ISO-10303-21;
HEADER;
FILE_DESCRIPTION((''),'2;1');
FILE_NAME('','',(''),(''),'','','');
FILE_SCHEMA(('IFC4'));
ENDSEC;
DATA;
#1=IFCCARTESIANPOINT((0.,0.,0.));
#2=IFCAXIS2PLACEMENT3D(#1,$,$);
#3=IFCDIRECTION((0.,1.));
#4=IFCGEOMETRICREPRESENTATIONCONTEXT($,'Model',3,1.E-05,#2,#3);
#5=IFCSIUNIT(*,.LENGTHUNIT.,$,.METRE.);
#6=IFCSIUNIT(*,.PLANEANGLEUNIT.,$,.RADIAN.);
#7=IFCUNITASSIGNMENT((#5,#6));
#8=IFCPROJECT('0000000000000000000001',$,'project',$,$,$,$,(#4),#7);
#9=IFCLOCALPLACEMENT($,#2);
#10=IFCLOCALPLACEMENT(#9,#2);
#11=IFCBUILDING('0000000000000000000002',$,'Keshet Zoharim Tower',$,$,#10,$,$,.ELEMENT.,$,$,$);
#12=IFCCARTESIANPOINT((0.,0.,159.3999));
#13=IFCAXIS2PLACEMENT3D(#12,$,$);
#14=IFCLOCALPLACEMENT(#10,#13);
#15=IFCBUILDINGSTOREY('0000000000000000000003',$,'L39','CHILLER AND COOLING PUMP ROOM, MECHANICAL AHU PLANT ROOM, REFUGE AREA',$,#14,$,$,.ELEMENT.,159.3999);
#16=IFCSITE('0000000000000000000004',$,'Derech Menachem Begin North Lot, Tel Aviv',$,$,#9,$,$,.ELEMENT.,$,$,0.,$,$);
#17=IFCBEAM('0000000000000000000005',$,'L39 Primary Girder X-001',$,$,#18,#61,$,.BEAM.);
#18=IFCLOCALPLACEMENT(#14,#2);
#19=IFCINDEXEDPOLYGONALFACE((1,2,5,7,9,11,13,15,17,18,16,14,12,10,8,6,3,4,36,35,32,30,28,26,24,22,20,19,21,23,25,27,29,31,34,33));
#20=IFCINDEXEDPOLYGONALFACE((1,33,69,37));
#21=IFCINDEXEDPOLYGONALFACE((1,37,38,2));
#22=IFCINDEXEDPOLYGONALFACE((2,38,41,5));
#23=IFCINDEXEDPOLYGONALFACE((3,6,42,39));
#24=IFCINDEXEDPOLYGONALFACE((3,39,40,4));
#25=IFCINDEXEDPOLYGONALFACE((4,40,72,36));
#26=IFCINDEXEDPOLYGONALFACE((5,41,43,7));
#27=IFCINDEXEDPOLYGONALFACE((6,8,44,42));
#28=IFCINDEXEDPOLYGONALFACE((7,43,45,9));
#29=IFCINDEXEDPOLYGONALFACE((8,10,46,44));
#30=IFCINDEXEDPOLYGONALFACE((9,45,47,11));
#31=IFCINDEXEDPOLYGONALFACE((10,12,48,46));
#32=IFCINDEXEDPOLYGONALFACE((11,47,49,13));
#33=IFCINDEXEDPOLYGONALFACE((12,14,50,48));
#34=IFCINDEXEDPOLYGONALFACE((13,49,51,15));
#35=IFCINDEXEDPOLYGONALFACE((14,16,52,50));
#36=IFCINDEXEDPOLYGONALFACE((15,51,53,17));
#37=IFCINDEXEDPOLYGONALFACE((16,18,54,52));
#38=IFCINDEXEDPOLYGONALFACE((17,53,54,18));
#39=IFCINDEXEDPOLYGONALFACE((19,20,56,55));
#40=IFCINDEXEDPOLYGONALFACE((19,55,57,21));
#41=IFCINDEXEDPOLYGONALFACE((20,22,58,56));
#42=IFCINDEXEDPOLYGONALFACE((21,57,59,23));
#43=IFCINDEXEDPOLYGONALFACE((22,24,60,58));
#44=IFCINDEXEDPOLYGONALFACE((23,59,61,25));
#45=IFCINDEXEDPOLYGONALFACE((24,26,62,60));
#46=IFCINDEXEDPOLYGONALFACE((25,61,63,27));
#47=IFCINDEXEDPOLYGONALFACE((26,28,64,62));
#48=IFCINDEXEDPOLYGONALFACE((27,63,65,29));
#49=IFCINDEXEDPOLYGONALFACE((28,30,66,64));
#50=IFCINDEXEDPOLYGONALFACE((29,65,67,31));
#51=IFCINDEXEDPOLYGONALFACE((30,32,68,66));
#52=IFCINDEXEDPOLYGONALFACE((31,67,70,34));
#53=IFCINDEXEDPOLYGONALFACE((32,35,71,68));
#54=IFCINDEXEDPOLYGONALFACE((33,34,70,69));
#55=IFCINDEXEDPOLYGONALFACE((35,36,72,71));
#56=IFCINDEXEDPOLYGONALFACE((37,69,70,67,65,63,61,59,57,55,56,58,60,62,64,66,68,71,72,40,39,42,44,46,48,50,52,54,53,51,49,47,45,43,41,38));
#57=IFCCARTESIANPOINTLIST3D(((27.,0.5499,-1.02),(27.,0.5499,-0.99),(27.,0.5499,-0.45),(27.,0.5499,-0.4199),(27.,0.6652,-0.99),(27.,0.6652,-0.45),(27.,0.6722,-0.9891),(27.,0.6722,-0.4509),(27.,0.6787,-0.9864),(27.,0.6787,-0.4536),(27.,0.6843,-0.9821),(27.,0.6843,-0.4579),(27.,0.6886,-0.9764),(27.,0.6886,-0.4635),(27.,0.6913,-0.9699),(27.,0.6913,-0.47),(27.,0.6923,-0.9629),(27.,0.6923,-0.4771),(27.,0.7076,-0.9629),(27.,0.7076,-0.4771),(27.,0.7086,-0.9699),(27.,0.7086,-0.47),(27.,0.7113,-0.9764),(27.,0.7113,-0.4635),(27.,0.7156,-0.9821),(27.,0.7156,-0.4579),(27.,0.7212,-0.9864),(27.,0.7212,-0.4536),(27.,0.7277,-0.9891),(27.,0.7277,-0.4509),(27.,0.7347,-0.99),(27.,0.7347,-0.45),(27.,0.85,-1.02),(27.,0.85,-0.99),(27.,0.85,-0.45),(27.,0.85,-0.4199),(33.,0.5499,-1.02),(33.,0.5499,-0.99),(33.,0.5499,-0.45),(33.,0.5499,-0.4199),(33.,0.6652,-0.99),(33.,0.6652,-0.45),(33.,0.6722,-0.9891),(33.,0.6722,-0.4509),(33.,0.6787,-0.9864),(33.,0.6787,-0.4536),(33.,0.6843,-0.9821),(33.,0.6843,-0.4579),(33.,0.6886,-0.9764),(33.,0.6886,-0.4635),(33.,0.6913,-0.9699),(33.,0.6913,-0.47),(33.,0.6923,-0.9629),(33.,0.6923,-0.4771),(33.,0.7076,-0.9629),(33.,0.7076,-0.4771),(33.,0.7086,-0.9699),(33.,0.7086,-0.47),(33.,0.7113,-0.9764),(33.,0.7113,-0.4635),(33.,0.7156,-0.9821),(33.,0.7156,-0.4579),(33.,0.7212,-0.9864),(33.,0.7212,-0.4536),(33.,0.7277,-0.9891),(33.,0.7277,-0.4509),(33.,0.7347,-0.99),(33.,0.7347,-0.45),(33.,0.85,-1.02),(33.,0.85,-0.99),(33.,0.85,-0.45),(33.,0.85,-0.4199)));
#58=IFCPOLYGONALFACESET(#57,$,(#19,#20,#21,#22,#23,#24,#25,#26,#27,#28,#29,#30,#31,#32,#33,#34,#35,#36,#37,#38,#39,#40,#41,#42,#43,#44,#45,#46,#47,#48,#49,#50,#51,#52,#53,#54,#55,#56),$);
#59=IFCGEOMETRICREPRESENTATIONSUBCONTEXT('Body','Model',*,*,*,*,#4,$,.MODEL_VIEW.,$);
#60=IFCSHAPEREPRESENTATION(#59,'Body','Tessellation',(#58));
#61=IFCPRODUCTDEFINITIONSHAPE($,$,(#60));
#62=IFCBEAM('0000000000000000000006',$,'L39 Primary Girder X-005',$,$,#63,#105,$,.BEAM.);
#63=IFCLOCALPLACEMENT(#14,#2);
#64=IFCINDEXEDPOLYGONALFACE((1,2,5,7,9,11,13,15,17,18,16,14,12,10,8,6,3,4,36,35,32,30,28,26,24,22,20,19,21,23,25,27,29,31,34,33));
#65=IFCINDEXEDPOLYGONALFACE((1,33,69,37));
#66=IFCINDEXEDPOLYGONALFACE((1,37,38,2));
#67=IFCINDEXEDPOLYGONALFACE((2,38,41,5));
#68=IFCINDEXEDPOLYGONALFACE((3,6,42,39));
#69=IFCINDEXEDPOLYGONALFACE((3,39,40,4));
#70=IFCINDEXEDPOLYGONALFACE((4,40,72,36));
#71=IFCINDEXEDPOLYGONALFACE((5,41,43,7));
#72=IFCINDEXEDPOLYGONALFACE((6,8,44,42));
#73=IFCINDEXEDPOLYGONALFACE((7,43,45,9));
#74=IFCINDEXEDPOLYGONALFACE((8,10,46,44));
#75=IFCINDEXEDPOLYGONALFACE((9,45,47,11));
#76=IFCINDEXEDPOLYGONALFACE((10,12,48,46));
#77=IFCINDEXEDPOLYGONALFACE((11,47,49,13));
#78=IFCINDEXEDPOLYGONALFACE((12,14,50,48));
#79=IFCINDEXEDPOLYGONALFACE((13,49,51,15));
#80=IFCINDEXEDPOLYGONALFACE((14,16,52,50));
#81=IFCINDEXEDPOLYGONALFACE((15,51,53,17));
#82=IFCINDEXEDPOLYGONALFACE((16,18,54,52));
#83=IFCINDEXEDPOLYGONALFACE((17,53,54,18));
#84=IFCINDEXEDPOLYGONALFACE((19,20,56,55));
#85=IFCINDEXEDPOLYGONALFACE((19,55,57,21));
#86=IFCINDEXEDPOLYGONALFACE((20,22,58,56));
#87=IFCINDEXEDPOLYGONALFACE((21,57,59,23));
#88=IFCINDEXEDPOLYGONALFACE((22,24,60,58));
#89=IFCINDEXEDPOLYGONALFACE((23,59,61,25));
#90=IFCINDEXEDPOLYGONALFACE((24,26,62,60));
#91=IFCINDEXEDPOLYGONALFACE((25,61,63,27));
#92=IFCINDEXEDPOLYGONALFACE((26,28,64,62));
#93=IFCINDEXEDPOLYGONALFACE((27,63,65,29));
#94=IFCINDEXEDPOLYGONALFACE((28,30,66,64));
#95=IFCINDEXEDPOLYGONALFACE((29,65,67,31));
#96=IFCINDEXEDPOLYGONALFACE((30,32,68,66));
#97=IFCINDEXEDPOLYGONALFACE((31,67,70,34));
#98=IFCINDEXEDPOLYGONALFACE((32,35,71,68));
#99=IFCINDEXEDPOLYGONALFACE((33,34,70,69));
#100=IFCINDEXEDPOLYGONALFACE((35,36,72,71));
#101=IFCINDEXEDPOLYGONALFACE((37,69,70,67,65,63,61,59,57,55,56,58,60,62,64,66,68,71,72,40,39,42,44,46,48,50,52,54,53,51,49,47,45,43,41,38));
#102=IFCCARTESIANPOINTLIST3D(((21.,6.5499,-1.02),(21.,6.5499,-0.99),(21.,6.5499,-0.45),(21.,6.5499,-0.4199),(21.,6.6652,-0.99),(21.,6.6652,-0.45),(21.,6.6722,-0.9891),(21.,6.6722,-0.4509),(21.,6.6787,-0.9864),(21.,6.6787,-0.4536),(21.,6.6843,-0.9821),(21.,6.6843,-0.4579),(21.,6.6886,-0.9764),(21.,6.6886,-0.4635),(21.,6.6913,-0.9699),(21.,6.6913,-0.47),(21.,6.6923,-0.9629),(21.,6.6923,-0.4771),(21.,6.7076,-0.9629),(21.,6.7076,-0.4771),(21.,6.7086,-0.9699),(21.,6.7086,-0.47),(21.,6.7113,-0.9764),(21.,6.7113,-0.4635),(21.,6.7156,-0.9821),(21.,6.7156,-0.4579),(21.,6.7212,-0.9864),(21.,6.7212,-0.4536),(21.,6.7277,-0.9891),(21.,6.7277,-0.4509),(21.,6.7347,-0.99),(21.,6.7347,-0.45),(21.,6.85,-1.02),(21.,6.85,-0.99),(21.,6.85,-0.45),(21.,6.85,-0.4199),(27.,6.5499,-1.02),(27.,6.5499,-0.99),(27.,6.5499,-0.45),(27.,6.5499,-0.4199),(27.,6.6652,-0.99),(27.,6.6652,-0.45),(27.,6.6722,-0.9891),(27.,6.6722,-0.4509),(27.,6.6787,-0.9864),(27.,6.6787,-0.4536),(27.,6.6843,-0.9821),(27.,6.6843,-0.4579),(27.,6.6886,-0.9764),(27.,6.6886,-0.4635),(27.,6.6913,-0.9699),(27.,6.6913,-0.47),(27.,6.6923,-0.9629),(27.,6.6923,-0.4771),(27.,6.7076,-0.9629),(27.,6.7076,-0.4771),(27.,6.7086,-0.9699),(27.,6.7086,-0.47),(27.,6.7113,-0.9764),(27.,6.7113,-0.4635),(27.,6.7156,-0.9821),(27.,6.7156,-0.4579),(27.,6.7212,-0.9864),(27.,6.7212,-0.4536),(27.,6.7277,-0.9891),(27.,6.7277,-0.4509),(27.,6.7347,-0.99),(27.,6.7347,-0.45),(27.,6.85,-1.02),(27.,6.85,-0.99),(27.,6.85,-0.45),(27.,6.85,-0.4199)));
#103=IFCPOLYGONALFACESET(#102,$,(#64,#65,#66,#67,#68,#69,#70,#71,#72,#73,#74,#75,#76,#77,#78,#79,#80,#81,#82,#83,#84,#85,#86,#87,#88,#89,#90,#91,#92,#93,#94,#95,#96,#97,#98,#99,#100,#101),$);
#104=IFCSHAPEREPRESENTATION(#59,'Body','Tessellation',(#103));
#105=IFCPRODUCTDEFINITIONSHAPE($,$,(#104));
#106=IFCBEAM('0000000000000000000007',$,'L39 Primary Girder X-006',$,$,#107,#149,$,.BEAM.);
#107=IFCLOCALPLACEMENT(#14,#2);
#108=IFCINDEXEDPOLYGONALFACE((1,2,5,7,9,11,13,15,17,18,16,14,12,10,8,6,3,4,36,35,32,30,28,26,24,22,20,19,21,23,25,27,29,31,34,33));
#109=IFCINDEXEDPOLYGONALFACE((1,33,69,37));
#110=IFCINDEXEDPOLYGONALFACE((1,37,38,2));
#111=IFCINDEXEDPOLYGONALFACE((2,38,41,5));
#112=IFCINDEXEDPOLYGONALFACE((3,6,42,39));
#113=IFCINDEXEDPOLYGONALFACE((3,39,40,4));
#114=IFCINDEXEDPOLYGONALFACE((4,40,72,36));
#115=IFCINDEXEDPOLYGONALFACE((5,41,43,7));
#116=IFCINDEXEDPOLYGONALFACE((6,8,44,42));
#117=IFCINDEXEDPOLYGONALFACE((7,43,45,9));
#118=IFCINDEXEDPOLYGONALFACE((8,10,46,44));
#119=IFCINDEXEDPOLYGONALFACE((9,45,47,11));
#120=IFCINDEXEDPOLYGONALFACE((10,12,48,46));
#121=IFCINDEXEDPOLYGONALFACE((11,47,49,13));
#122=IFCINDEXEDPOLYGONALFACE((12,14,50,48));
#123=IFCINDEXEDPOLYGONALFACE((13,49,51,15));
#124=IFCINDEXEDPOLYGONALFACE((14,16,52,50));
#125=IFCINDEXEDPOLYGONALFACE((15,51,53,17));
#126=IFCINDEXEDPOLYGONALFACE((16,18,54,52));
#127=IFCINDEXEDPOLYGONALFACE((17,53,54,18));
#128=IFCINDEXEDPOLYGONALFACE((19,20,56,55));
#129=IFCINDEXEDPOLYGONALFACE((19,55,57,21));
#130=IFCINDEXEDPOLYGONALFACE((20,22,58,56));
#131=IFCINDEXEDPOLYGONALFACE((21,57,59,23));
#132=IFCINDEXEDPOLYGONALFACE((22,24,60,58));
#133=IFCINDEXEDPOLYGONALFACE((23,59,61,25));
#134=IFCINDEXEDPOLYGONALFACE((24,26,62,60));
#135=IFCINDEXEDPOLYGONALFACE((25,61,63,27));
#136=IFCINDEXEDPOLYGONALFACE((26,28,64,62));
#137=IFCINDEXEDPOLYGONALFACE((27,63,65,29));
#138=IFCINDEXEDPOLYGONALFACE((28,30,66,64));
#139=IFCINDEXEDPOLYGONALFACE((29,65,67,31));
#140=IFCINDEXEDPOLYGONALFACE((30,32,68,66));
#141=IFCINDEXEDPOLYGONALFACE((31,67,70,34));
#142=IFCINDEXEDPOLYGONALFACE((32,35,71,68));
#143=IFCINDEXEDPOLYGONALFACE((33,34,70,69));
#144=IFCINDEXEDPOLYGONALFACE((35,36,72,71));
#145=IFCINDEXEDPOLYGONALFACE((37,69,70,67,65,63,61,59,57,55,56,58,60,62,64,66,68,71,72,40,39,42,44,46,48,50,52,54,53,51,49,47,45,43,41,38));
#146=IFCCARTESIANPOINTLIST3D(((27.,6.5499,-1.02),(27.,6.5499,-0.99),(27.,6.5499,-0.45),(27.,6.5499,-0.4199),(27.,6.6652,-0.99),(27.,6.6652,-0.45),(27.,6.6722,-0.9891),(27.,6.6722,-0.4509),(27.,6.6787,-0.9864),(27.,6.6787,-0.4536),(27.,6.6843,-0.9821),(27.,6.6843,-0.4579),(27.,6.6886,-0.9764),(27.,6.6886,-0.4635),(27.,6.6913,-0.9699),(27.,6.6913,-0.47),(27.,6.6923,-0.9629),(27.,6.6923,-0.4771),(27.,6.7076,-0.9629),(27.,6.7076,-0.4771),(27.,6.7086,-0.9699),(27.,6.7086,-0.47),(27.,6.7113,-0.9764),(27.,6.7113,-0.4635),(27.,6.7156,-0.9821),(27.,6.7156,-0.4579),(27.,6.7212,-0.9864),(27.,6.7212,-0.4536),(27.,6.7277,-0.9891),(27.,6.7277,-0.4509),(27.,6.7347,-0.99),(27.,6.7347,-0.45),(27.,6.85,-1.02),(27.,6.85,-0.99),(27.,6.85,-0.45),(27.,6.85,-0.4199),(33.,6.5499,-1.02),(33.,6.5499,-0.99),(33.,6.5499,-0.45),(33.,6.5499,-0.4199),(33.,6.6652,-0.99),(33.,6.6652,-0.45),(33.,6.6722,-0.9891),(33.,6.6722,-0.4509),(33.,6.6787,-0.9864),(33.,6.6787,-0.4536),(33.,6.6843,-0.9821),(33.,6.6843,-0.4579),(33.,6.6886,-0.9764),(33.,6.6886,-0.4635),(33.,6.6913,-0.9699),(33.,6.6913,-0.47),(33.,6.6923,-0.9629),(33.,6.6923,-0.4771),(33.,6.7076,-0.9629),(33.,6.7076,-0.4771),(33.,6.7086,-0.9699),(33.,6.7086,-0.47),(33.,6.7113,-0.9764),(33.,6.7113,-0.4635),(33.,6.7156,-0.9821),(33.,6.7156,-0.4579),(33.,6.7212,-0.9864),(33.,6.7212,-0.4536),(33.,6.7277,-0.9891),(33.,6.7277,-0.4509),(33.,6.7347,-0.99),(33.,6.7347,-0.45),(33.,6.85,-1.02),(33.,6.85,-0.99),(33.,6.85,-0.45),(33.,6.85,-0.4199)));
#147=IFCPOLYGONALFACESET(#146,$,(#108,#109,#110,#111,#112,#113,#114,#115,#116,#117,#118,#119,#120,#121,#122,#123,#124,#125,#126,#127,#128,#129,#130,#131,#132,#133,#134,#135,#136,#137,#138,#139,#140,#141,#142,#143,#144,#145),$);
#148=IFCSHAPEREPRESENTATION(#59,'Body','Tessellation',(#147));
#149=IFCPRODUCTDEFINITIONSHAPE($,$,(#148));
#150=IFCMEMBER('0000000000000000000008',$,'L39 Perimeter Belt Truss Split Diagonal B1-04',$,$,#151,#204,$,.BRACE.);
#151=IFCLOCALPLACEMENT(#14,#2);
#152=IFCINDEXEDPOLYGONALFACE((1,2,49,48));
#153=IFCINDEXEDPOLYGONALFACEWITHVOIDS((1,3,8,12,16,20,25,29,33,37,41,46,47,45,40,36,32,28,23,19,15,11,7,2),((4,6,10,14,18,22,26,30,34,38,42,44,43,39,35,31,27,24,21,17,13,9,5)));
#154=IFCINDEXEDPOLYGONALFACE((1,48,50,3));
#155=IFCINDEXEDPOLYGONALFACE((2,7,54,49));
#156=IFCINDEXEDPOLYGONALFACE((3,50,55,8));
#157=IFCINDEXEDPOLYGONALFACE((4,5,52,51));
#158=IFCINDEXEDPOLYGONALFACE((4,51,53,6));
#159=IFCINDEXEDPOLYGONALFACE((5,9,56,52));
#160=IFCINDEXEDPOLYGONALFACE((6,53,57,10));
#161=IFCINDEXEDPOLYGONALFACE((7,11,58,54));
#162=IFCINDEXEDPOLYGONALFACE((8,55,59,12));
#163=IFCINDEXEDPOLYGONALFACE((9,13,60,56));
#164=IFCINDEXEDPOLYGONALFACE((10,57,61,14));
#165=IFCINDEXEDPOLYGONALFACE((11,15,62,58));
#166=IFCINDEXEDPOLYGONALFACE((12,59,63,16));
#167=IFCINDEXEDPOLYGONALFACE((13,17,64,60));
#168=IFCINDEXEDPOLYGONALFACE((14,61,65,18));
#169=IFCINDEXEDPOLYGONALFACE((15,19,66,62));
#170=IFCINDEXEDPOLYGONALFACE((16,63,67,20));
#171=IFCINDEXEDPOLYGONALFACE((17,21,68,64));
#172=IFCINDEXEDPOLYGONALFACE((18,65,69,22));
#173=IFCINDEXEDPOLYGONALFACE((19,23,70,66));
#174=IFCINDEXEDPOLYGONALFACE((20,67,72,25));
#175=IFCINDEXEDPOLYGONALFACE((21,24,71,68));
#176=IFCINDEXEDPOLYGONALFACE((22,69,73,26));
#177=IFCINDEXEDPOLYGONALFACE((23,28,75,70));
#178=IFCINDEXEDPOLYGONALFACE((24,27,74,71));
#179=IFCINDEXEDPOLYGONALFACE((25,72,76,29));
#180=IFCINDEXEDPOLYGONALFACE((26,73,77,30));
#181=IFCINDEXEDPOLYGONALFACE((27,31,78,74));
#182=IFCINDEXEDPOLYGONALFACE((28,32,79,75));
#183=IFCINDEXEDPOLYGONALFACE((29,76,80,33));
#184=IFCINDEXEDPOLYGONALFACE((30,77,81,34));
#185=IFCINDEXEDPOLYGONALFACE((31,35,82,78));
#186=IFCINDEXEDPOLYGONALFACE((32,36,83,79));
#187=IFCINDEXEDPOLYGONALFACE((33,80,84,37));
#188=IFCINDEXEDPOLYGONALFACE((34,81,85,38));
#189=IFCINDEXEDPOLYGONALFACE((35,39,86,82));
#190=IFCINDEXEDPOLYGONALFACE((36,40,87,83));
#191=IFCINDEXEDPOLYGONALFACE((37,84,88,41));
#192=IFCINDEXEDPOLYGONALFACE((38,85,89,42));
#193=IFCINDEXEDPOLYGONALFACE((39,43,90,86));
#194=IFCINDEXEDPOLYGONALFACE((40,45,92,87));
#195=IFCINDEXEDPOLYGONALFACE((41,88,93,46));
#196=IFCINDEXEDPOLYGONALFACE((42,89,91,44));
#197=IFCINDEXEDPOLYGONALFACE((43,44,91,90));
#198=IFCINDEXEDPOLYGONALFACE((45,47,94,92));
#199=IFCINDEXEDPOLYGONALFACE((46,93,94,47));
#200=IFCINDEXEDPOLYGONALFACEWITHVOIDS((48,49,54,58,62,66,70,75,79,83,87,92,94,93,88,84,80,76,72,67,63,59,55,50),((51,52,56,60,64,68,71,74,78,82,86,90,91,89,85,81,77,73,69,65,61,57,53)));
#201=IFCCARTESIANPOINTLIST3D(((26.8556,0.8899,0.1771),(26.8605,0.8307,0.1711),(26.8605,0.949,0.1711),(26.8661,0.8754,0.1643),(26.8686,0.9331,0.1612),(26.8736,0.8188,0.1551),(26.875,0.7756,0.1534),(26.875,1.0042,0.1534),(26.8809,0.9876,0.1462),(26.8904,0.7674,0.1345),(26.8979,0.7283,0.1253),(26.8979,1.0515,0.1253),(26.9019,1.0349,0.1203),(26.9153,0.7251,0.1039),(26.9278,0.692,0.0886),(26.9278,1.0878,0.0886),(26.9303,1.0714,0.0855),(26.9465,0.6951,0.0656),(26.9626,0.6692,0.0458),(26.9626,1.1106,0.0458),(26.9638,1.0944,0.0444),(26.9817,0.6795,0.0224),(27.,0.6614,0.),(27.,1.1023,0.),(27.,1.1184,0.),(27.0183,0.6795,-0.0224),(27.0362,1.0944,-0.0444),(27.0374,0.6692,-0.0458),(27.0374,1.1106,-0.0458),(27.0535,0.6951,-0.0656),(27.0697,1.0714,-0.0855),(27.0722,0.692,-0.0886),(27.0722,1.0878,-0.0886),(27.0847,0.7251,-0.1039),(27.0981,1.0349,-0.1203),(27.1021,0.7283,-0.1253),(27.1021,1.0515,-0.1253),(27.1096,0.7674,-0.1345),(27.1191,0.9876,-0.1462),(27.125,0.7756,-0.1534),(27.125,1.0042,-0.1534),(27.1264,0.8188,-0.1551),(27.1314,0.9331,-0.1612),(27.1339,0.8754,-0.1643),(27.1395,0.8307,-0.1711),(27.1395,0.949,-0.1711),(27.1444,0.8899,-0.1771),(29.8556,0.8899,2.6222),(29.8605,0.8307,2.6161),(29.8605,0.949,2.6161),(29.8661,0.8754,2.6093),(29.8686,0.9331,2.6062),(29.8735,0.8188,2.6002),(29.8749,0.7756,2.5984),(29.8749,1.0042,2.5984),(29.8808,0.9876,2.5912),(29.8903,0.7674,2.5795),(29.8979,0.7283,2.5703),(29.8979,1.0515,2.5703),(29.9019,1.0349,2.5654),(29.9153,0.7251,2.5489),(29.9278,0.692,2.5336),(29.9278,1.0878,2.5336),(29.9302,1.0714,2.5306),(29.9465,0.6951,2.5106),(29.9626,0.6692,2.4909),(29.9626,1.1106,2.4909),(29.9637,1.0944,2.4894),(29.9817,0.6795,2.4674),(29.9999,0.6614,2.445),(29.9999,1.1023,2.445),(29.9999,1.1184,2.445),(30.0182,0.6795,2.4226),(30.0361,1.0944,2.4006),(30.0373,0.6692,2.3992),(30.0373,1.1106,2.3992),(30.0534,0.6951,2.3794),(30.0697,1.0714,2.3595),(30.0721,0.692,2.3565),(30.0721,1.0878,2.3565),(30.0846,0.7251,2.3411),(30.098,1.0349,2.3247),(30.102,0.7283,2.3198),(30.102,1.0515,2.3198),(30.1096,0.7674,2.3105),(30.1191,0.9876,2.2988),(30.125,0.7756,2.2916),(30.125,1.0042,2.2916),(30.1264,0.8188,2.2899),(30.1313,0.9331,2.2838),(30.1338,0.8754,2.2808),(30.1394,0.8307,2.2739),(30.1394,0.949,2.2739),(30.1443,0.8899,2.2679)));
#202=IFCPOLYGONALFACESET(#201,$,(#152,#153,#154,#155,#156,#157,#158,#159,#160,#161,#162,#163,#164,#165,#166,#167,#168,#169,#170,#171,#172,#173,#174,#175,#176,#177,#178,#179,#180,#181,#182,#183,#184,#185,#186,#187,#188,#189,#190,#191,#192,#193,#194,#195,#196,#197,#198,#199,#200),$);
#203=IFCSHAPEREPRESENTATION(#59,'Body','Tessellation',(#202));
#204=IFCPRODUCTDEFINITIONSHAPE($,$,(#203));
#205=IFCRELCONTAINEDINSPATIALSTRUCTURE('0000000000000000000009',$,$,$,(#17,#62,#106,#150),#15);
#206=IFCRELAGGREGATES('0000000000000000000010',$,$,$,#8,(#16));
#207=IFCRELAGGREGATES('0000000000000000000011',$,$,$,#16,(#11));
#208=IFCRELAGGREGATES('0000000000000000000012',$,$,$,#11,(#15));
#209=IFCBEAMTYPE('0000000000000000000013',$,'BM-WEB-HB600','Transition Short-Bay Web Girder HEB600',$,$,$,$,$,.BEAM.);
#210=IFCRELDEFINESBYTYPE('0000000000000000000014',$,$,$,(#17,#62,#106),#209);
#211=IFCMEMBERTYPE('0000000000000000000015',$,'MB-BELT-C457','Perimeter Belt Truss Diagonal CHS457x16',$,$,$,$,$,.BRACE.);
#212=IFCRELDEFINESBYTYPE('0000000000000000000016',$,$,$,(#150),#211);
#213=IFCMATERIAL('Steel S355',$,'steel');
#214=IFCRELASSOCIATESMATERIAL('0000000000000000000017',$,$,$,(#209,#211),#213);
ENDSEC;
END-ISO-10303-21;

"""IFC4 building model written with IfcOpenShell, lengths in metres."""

from ifc_helpers import new_model, si_unit, direction, frame, origin, origin_2d, place, context, subcontext, project, spatial, hollow_circle, i_section, extrude, material, material_profile, profile_set, type_object, element, save


model = new_model("IFC4")

# Units and contexts
model_context = context("Model", 3, precision=1e-05, world=origin(), true_north=direction((0.0, 1.0)))
body_context = subcontext(model_context, "Body", "Model", "MODEL_VIEW")
ifc_project = project(units=[si_unit("LENGTHUNIT", "METRE"), si_unit("PLANEANGLEUNIT", "RADIAN")], contexts=[model_context])

# Site, building, storey
site_placement = place(None, origin())
site = spatial("IfcSite", under=ifc_project, at=site_placement, Name="Derech Menachem Begin North Lot, Tel Aviv", CompositionType="ELEMENT", RefElevation=0.0)
building_placement = place(site_placement, origin())
building = spatial("IfcBuilding", under=site, at=building_placement, Name="Keshet Zoharim Tower", CompositionType="ELEMENT")
storey_placement = place(building_placement, frame((0.0, 0.0, 159.3999)))
storey = spatial("IfcBuildingStorey", under=building, at=storey_placement, Name="L39", Description="CHILLER AND COOLING PUMP ROOM, MECHANICAL AHU PLANT ROOM, REFUGE AREA", CompositionType="ELEMENT", Elevation=159.3999)

# Shared definitions
ifc_material_1 = material(Name="Steel S355", Category="steel")

# Beams
ifc_material_profile_1 = material_profile(ifc_material_1, i_section(OverallWidth=0.3, OverallDepth=0.6001, WebThickness=0.0154, FlangeThickness=0.03, FilletRadius=0.0271, at=origin_2d()), Name="HEB600")
ifc_profile_set_1 = profile_set([ifc_material_profile_1], Name="Steel S355")
beam_type_1 = type_object("IfcBeamType", Name="BM-WEB-HB600", Description="Transition Short-Bay Web Girder HEB600", PredefinedType="BEAM", material=ifc_profile_set_1)
for number, where, z_axis, x_axis, name in (
    (1, (27.0, 0.7, -0.72), (1.0, 0.0, 0.0), (0.0, 1.0, 0.0), "L39 Primary Girder X-001"),
    (2, (21.0, 6.7, -0.72), (1.0, 0.0, 0.0), (0.0, 1.0, 0.0), "L39 Primary Girder X-005"),
    (3, (27.0, 6.7, -0.72), (1.0, 0.0, 0.0), (0.0, 1.0, 0.0), "L39 Primary Girder X-006"),
):
    element("IfcBeam", number, at=place(storey_placement, frame(where, z_axis=z_axis, x_axis=x_axis)), inside=storey, type_object=beam_type_1, Name=name, PredefinedType="BEAM", context=body_context, shape_type="SweptSolid", body=[
        extrude(i_section(OverallWidth=0.3, OverallDepth=0.6001, WebThickness=0.0154, FlangeThickness=0.03, FilletRadius=0.0271, at=origin_2d()), origin(), (0.0, 0.0, 1.0), 6.0),
    ])

# Member
ifc_material_profile_2 = material_profile(ifc_material_1, hollow_circle(Radius=0.2285, WallThickness=0.0161, at=origin_2d()), Name="CHS457x16")
ifc_profile_set_2 = profile_set([ifc_material_profile_2], Name="Steel S355")
member_type_1 = type_object("IfcMemberType", Name="MB-BELT-C457", Description="Perimeter Belt Truss Diagonal CHS457x16", PredefinedType="BRACE", material=ifc_profile_set_2)
member_1_placement = place(storey_placement, frame((27.0, 0.8899, 0.0), z_axis=(0.775156, 0.0, 0.63177), x_axis=(0.0, 1.0, 0.0)))
element("IfcMember", 4, at=member_1_placement, inside=storey, type_object=member_type_1, Name="L39 Perimeter Belt Truss Split Diagonal B1-04", PredefinedType="BRACE", context=body_context, shape_type="SweptSolid", body=[
    extrude(hollow_circle(Radius=0.2285, WallThickness=0.0161, at=origin_2d()), origin(), (0.0, 0.0, 1.0), 3.8701),
])

save(model, "model.ifc")
